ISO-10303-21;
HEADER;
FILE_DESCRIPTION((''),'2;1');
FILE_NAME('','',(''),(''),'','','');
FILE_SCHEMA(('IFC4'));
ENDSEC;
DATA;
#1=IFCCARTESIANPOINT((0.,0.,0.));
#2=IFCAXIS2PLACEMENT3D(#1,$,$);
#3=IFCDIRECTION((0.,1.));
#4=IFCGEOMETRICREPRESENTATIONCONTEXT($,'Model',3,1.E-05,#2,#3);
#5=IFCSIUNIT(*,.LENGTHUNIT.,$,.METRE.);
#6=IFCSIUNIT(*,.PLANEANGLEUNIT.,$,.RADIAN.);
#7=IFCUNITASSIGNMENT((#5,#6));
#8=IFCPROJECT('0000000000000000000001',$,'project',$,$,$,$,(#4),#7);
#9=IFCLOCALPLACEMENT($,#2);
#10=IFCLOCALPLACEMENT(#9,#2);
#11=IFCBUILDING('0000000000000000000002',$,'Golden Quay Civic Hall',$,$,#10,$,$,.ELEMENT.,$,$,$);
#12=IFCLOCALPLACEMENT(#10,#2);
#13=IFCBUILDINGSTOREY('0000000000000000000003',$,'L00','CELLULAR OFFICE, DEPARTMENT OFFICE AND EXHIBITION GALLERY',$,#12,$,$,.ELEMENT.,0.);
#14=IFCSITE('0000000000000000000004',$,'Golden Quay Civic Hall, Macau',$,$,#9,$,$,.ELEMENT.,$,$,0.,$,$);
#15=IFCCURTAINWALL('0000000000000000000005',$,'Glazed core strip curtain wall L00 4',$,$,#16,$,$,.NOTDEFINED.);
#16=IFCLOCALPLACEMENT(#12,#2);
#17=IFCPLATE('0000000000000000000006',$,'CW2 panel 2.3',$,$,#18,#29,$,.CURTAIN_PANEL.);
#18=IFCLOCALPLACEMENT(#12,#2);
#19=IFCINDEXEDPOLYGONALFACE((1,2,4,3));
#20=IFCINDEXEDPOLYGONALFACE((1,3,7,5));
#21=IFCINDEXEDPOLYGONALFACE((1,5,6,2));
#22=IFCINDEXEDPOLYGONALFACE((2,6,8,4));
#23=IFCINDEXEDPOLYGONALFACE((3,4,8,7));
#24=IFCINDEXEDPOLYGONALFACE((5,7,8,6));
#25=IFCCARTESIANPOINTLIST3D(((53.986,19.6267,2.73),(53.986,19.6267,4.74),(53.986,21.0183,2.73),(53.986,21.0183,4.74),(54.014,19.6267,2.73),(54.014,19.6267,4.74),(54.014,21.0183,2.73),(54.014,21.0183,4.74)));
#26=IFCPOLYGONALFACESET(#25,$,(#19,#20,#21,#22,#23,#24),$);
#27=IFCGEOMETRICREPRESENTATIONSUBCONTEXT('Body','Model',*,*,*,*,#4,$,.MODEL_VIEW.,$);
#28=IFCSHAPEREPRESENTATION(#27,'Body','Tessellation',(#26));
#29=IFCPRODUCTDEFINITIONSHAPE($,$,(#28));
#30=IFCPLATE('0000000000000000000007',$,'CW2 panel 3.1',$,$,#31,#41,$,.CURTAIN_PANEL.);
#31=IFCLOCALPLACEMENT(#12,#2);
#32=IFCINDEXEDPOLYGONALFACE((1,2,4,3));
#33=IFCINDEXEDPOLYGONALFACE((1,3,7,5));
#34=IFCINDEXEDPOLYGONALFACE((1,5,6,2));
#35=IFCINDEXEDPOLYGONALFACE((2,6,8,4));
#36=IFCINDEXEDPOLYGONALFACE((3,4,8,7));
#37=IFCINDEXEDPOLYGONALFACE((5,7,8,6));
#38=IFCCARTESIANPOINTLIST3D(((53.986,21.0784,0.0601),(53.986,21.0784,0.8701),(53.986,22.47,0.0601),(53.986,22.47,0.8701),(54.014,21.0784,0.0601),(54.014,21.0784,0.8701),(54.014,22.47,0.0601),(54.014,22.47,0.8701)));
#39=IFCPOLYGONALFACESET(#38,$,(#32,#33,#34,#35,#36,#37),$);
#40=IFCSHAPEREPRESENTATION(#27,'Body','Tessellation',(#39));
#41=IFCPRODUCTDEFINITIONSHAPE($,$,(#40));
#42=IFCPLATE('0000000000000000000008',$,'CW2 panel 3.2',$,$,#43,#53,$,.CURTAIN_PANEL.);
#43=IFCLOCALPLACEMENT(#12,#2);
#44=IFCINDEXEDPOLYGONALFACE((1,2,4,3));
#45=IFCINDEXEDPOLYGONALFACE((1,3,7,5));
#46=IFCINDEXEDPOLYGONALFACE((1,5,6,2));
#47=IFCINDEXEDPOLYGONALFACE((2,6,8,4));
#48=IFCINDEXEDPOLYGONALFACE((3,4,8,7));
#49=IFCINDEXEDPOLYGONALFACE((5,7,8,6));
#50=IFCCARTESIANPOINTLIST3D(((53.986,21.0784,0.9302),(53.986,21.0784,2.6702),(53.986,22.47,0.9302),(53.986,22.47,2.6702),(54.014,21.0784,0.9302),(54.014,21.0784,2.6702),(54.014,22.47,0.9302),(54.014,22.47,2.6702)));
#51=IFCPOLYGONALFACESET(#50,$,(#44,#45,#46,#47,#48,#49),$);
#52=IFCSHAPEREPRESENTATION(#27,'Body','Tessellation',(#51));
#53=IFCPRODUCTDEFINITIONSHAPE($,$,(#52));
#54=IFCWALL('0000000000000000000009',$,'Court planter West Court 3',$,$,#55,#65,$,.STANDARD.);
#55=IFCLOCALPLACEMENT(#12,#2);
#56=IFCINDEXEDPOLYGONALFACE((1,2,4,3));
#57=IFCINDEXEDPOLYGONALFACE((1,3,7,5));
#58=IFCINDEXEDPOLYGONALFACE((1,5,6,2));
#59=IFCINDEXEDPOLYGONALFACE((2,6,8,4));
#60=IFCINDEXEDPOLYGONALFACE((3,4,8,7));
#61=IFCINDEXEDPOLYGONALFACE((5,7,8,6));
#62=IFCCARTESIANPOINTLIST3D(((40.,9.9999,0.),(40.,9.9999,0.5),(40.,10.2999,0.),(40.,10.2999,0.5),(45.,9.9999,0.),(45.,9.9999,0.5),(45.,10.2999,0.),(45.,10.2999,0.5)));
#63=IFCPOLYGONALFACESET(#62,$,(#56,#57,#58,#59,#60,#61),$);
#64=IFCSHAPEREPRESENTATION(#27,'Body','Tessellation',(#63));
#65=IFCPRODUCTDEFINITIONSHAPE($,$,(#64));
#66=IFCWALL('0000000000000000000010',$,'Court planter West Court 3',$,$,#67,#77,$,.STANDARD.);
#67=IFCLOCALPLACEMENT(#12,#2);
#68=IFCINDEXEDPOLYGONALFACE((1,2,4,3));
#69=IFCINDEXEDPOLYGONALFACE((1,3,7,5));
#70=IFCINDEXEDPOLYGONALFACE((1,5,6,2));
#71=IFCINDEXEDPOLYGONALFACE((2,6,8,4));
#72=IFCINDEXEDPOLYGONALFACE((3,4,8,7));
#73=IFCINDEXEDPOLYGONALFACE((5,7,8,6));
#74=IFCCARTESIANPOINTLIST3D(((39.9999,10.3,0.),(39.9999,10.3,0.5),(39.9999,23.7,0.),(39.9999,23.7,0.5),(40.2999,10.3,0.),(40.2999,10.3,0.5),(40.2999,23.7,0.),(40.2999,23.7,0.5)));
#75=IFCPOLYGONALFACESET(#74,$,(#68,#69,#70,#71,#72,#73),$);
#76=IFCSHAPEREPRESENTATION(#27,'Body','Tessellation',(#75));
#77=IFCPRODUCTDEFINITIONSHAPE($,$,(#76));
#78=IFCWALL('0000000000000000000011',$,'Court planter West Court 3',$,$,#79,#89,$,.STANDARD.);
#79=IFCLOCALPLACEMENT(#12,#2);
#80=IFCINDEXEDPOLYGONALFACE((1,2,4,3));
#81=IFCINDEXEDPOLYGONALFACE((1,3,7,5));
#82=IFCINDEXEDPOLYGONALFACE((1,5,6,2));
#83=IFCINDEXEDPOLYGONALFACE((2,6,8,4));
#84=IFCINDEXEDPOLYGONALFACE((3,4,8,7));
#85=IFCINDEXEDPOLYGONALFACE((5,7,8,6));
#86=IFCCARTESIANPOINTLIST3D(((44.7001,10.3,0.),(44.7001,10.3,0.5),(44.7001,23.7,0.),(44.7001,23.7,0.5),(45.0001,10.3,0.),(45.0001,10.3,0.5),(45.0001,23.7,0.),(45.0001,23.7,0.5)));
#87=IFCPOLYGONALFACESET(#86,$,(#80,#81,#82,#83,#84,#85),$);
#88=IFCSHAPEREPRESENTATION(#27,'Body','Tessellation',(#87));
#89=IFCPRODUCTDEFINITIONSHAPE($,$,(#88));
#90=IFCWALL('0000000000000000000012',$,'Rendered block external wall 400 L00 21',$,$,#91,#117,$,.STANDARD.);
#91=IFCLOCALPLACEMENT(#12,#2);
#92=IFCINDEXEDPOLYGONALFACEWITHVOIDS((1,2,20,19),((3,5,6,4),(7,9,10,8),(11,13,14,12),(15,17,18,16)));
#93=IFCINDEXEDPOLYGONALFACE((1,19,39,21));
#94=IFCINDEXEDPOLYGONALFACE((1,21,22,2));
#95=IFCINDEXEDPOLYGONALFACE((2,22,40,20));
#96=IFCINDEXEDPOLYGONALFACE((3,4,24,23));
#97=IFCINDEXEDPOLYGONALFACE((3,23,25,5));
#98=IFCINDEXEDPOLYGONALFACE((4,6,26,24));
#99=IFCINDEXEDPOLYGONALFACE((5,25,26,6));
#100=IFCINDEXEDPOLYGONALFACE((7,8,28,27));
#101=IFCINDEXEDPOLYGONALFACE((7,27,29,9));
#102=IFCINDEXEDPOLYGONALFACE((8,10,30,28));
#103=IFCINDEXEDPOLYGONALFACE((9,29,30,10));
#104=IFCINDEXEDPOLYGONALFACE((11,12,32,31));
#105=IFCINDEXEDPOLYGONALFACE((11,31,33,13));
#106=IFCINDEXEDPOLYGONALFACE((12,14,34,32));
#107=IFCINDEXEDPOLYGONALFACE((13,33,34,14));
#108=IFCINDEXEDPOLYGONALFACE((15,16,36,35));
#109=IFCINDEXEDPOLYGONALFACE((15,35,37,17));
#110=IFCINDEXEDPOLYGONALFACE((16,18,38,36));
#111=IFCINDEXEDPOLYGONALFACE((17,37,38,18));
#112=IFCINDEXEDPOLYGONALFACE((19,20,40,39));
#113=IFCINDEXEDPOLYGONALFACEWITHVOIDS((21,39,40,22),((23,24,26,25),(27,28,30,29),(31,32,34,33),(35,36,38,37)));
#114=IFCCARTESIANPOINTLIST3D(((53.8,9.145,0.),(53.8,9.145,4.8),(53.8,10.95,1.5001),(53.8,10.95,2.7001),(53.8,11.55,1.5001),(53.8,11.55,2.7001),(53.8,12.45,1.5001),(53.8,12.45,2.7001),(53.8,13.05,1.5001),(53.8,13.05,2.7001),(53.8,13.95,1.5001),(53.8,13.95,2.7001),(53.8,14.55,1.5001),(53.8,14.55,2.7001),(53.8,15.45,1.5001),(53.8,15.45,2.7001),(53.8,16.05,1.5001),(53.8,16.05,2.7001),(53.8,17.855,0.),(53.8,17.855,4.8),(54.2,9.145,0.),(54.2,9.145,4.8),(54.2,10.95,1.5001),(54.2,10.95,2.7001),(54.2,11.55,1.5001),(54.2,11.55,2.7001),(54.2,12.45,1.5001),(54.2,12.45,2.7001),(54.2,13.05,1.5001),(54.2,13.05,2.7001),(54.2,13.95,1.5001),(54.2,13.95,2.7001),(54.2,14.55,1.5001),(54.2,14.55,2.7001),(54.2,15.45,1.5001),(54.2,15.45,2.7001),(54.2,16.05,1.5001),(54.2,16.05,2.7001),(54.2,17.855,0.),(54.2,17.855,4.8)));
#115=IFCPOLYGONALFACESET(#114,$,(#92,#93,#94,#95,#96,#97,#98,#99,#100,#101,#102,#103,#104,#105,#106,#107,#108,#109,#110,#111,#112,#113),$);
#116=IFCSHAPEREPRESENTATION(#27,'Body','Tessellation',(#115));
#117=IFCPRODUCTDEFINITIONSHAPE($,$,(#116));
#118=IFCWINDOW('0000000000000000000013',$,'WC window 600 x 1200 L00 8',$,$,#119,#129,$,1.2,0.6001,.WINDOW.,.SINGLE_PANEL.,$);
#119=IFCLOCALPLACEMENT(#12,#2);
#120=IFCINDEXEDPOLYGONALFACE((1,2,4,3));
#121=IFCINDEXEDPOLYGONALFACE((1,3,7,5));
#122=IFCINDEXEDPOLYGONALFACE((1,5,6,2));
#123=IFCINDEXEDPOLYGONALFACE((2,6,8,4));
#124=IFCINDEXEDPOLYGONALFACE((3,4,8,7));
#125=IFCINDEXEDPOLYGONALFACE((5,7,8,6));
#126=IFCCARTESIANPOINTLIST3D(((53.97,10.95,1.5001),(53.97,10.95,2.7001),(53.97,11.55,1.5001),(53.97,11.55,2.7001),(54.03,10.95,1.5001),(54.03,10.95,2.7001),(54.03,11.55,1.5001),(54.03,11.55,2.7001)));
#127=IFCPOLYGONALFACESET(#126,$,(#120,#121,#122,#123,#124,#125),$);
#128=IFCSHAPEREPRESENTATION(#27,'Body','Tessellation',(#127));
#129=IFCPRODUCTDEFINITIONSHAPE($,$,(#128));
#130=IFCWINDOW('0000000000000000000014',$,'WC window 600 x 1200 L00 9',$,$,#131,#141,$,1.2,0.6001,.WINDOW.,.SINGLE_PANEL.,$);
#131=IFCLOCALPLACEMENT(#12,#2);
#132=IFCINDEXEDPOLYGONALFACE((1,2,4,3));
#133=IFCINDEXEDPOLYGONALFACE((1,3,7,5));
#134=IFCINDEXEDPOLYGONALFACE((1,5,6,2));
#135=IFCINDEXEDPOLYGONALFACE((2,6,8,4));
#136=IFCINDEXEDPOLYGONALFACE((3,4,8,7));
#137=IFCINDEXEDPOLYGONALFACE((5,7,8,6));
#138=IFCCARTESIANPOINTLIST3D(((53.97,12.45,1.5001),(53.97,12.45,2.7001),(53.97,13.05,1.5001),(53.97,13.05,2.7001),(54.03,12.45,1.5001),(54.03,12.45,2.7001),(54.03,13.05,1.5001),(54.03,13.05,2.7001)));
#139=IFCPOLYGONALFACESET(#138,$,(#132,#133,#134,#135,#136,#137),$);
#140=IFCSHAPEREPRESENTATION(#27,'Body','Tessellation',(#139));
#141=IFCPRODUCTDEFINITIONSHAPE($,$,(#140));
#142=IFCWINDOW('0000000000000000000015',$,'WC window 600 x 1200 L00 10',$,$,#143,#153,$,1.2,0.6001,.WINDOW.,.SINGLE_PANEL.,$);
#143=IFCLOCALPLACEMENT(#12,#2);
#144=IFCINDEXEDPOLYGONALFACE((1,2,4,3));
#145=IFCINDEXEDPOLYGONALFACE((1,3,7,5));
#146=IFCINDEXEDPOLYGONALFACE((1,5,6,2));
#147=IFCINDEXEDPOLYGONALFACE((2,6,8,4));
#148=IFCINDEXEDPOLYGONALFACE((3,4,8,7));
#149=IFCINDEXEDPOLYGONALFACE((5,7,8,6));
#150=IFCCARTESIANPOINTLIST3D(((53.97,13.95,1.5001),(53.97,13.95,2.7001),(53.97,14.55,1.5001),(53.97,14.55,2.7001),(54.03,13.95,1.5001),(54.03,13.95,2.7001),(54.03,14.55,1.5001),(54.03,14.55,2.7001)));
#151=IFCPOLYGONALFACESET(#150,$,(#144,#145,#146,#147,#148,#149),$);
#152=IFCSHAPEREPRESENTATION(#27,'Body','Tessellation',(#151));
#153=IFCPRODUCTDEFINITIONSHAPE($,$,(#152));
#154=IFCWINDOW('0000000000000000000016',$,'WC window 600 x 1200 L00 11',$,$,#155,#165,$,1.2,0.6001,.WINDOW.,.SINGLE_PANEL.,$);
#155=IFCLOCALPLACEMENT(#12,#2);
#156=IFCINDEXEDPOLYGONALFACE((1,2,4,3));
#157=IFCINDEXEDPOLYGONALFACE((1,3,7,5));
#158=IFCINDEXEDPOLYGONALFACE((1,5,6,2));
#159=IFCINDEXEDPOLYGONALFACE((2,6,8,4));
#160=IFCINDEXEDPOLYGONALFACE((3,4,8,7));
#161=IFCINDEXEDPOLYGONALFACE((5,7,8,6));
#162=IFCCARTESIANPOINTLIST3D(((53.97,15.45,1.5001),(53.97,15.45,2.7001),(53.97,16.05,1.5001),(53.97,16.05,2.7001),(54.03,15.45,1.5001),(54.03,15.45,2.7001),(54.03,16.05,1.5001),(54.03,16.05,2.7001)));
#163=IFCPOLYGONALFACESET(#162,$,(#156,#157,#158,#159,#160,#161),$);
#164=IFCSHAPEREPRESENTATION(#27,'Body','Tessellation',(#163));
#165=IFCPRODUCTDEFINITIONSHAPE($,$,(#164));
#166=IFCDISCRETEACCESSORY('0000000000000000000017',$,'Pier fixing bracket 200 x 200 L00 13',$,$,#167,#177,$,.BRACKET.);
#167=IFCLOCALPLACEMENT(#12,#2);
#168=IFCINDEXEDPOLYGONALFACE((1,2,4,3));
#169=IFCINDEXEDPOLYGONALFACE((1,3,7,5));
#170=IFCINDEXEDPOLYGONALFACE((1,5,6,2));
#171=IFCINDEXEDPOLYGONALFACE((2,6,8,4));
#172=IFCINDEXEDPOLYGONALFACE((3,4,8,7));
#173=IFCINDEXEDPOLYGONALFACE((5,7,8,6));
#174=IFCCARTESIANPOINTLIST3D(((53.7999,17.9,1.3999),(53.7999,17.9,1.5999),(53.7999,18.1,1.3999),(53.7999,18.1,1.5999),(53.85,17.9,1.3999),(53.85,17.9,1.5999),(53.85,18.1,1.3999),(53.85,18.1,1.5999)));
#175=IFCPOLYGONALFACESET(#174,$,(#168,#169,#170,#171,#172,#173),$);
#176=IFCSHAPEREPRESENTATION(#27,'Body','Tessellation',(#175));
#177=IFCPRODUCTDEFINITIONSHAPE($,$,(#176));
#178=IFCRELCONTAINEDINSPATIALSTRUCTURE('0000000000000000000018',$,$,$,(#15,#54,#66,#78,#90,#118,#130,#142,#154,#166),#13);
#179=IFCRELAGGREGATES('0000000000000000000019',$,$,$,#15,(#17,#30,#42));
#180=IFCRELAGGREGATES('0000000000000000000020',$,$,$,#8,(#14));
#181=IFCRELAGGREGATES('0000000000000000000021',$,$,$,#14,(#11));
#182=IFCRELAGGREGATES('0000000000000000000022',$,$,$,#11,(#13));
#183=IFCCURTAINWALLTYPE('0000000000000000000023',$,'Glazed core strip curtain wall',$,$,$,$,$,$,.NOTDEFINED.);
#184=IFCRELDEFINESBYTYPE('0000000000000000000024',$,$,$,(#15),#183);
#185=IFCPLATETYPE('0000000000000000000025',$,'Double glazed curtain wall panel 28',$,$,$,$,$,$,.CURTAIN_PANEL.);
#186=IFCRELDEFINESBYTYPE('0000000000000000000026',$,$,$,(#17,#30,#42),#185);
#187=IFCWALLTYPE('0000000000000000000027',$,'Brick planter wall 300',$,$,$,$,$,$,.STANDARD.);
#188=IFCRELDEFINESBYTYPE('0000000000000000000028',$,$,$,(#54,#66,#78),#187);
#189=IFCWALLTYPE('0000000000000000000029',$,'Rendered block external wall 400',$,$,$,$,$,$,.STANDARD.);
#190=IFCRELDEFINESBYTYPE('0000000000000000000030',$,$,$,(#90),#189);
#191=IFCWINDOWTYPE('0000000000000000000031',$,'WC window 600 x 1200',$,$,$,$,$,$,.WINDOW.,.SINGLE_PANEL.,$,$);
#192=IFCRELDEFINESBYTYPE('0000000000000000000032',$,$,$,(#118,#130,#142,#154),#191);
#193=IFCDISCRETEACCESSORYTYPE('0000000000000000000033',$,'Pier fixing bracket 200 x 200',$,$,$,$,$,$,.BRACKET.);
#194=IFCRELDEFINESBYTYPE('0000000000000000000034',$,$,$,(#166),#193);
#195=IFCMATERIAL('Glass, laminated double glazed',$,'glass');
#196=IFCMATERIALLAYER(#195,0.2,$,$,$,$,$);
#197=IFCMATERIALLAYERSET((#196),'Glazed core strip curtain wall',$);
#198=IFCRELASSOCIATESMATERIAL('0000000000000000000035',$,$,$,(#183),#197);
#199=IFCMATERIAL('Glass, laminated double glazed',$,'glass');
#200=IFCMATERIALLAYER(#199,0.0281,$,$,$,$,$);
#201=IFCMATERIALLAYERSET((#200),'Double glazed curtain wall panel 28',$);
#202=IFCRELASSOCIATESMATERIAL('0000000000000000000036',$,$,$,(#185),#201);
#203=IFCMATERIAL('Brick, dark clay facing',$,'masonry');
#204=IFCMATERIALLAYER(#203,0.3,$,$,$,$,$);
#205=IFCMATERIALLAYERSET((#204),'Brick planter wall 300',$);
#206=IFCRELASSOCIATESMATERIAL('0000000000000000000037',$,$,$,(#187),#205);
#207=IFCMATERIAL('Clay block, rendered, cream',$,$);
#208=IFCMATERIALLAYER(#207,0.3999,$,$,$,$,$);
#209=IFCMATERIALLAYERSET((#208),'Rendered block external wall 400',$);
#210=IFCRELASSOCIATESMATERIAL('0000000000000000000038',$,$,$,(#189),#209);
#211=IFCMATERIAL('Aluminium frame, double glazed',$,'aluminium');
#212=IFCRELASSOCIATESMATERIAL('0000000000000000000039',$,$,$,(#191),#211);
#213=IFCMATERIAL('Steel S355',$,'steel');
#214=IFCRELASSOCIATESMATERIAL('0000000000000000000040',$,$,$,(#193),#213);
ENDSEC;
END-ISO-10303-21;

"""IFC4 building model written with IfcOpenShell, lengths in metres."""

from ifc_helpers import new_model, si_unit, direction, frame, frame_2d, origin, origin_2d, place, context, subcontext, project, spatial, rectangle, extrude, material, layer, layer_set, type_object, element, fill, aggregate, save


model = new_model("IFC4")

# Units and contexts
model_context = context("Model", 3, precision=1e-05, world=origin(), true_north=direction((0.0, 1.0)))
body_context = subcontext(model_context, "Body", "Model", "MODEL_VIEW")
ifc_project = project(units=[si_unit("LENGTHUNIT", "METRE"), si_unit("PLANEANGLEUNIT", "RADIAN")], contexts=[model_context])

# Site, building, storey
site_placement = place(None, origin())
site = spatial("IfcSite", under=ifc_project, at=site_placement, Name="Golden Quay Civic Hall, Macau", CompositionType="ELEMENT", RefElevation=0.0)
building_placement = place(site_placement, origin())
building = spatial("IfcBuilding", under=site, at=building_placement, Name="Golden Quay Civic Hall", CompositionType="ELEMENT")
storey_placement = place(building_placement, origin())
storey = spatial("IfcBuildingStorey", under=building, at=storey_placement, Name="L00", Description="CELLULAR OFFICE, DEPARTMENT OFFICE AND EXHIBITION GALLERY", CompositionType="ELEMENT", Elevation=0.0)

# Curtain wall
ifc_material_1 = material(Name="Glass, laminated double glazed", Category="glass")
ifc_layer_1 = layer(ifc_material_1, 0.2)
ifc_layer_set_1 = layer_set([ifc_layer_1], Name="Glazed core strip curtain wall")
curtain_wall_type = type_object("IfcCurtainWallType", Name="Glazed core strip curtain wall", PredefinedType="NOTDEFINED", material=ifc_layer_set_1)
curtain_wall_placement = place(storey_placement, origin())
curtain_wall = element("IfcCurtainWall", 1, at=curtain_wall_placement, inside=storey, type_object=curtain_wall_type, Name="Glazed core strip curtain wall L00 4", PredefinedType="NOTDEFINED")

# Plates
ifc_material_2 = material(Name="Glass, laminated double glazed", Category="glass")
ifc_layer_2 = layer(ifc_material_2, 0.0281)
ifc_layer_set_2 = layer_set([ifc_layer_2], Name="Double glazed curtain wall panel 28")
plate_type = type_object("IfcPlateType", Name="Double glazed curtain wall panel 28", PredefinedType="CURTAIN_PANEL", material=ifc_layer_set_2)
plate_1_placement = place(storey_placement, frame((54.0, 20.3225, 2.73), z_axis=(0.0, 0.0, 1.0), x_axis=(0.0, 1.0, 0.0)))
plate_1 = element("IfcPlate", 2, at=plate_1_placement, type_object=plate_type, Name="CW2 panel 2.3", PredefinedType="CURTAIN_PANEL", context=body_context, shape_type="SweptSolid", body=[
    extrude(rectangle(XDim=1.3916, YDim=0.0281, at=origin_2d()), origin(), (0.0, 0.0, 1.0), 2.01),
])
plate_2_placement = place(storey_placement, frame((54.0, 21.7742, 0.0601), z_axis=(0.0, 0.0, 1.0), x_axis=(0.0, 1.0, 0.0)))
plate_2 = element("IfcPlate", 3, at=plate_2_placement, type_object=plate_type, Name="CW2 panel 3.1", PredefinedType="CURTAIN_PANEL", context=body_context, shape_type="SweptSolid", body=[
    extrude(rectangle(XDim=1.3916, YDim=0.0281, at=origin_2d()), origin(), (0.0, 0.0, 1.0), 0.8101),
])
plate_3_placement = place(storey_placement, frame((54.0, 21.7742, 0.9302), z_axis=(0.0, 0.0, 1.0), x_axis=(0.0, 1.0, 0.0)))
plate_3 = element("IfcPlate", 4, at=plate_3_placement, type_object=plate_type, Name="CW2 panel 3.2", PredefinedType="CURTAIN_PANEL", context=body_context, shape_type="SweptSolid", body=[
    extrude(rectangle(XDim=1.3916, YDim=0.0281, at=origin_2d()), origin(), (0.0, 0.0, 1.0), 1.74),
])
aggregate(curtain_wall, [plate_1, plate_2, plate_3])

# Walls
ifc_material_3 = material(Name="Brick, dark clay facing", Category="masonry")
ifc_layer_3 = layer(ifc_material_3, 0.3)
ifc_layer_set_3 = layer_set([ifc_layer_3], Name="Brick planter wall 300")
wall_type_1 = type_object("IfcWallType", Name="Brick planter wall 300", PredefinedType="STANDARD", material=ifc_layer_set_3)
wall_1_placement = place(storey_placement, frame((40.0, 10.1499, 0.0), z_axis=(0.0, 0.0, 1.0), x_axis=(1.0, 0.0, 0.0)))
element("IfcWall", 5, at=wall_1_placement, inside=storey, type_object=wall_type_1, Name="Court planter West Court 3", PredefinedType="STANDARD", context=body_context, shape_type="SweptSolid", body=[
    extrude(rectangle(XDim=5.0, YDim=0.3, at=frame_2d((2.5, 0.0))), origin(), (0.0, 0.0, 1.0), 0.5),
])
for number, where, z_axis, x_axis, name in (
    (6, (40.1499, 10.3, 0.0), (0.0, 0.0, 1.0), (0.0, 1.0, 0.0), "Court planter West Court 3"),
    (7, (44.8501, 10.3, 0.0), (0.0, 0.0, 1.0), (0.0, 1.0, 0.0), "Court planter West Court 3"),
):
    element("IfcWall", number, at=place(storey_placement, frame(where, z_axis=z_axis, x_axis=x_axis)), inside=storey, type_object=wall_type_1, Name=name, PredefinedType="STANDARD", context=body_context, shape_type="SweptSolid", body=[
        extrude(rectangle(XDim=13.3999, YDim=0.3, at=frame_2d((6.7, 0.0))), origin(), (0.0, 0.0, 1.0), 0.5),
    ])

# Wall, openings, windows
ifc_material_4 = material(Name="Clay block, rendered, cream")
ifc_layer_4 = layer(ifc_material_4, 0.3999)
ifc_layer_set_4 = layer_set([ifc_layer_4], Name="Rendered block external wall 400")
wall_type_2 = type_object("IfcWallType", Name="Rendered block external wall 400", PredefinedType="STANDARD", material=ifc_layer_set_4)
wall_2_placement = place(storey_placement, frame((54.0, 9.145, 0.0), z_axis=(0.0, 0.0, 1.0), x_axis=(0.0, 1.0, 0.0)))
wall_2 = element("IfcWall", 8, at=wall_2_placement, inside=storey, type_object=wall_type_2, Name="Rendered block external wall 400 L00 21", PredefinedType="STANDARD", context=body_context, shape_type="SweptSolid", body=[
    extrude(rectangle(XDim=8.71, YDim=0.3999, at=frame_2d((4.355, 0.0))), origin(), (0.0, 0.0, 1.0), 4.8),
])
opening_1_placement = place(wall_2_placement, frame((1.8049, 0.0, 1.5)))
opening_1 = element("IfcOpeningElement", 9, at=opening_1_placement, cuts=wall_2, PredefinedType="OPENING", context=body_context, shape_type="SweptSolid", body=[
    extrude(rectangle(XDim=0.6001, YDim=1.2, at=frame_2d((0.3, 0.6001))), frame((0.0, 0.21, 0.0), z_axis=(0.0, -1.0, 0.0), x_axis=(1.0, 0.0, 0.0)), (0.0, 0.0, 1.0), 0.4199),
])
opening_2_placement = place(wall_2_placement, frame((3.3049, 0.0, 1.5)))
opening_2 = element("IfcOpeningElement", 10, at=opening_2_placement, cuts=wall_2, PredefinedType="OPENING", context=body_context, shape_type="SweptSolid", body=[
    extrude(rectangle(XDim=0.6001, YDim=1.2, at=frame_2d((0.3, 0.6001))), frame((0.0, 0.21, 0.0), z_axis=(0.0, -1.0, 0.0), x_axis=(1.0, 0.0, 0.0)), (0.0, 0.0, 1.0), 0.4199),
])
opening_3_placement = place(wall_2_placement, frame((4.8049, 0.0, 1.5)))
opening_3 = element("IfcOpeningElement", 11, at=opening_3_placement, cuts=wall_2, PredefinedType="OPENING", context=body_context, shape_type="SweptSolid", body=[
    extrude(rectangle(XDim=0.6001, YDim=1.2, at=frame_2d((0.3, 0.6001))), frame((0.0, 0.21, 0.0), z_axis=(0.0, -1.0, 0.0), x_axis=(1.0, 0.0, 0.0)), (0.0, 0.0, 1.0), 0.4199),
])
opening_4_placement = place(wall_2_placement, frame((6.3049, 0.0, 1.5)))
opening_4 = element("IfcOpeningElement", 12, at=opening_4_placement, cuts=wall_2, PredefinedType="OPENING", context=body_context, shape_type="SweptSolid", body=[
    extrude(rectangle(XDim=0.6001, YDim=1.2, at=frame_2d((0.3, 0.6001))), frame((0.0, 0.21, 0.0), z_axis=(0.0, -1.0, 0.0), x_axis=(1.0, 0.0, 0.0)), (0.0, 0.0, 1.0), 0.4199),
])
ifc_material_5 = material(Name="Aluminium frame, double glazed", Category="aluminium")
window_type = type_object("IfcWindowType", Name="WC window 600 x 1200", PartitioningType="SINGLE_PANEL", PredefinedType="WINDOW", material=ifc_material_5)
window_1_placement = place(opening_1_placement, origin())
window_1 = element("IfcWindow", 13, at=window_1_placement, inside=storey, type_object=window_type, Name="WC window 600 x 1200 L00 8", OverallHeight=1.2, OverallWidth=0.6001, PartitioningType="SINGLE_PANEL", PredefinedType="WINDOW", context=body_context, shape_type="SweptSolid", body=[
    extrude(rectangle(XDim=0.6001, YDim=1.2, at=frame_2d((0.3, 0.6001))), frame((0.0, 0.03, 0.0), z_axis=(0.0, -1.0, 0.0), x_axis=(1.0, 0.0, 0.0)), (0.0, 0.0, 1.0), 0.0601),
])
fill(opening_1, window_1)
window_2_placement = place(opening_2_placement, origin())
window_2 = element("IfcWindow", 14, at=window_2_placement, inside=storey, type_object=window_type, Name="WC window 600 x 1200 L00 9", OverallHeight=1.2, OverallWidth=0.6001, PartitioningType="SINGLE_PANEL", PredefinedType="WINDOW", context=body_context, shape_type="SweptSolid", body=[
    extrude(rectangle(XDim=0.6001, YDim=1.2, at=frame_2d((0.3, 0.6001))), frame((0.0, 0.03, 0.0), z_axis=(0.0, -1.0, 0.0), x_axis=(1.0, 0.0, 0.0)), (0.0, 0.0, 1.0), 0.0601),
])
fill(opening_2, window_2)
window_3_placement = place(opening_3_placement, origin())
window_3 = element("IfcWindow", 15, at=window_3_placement, inside=storey, type_object=window_type, Name="WC window 600 x 1200 L00 10", OverallHeight=1.2, OverallWidth=0.6001, PartitioningType="SINGLE_PANEL", PredefinedType="WINDOW", context=body_context, shape_type="SweptSolid", body=[
    extrude(rectangle(XDim=0.6001, YDim=1.2, at=frame_2d((0.3, 0.6001))), frame((0.0, 0.03, 0.0), z_axis=(0.0, -1.0, 0.0), x_axis=(1.0, 0.0, 0.0)), (0.0, 0.0, 1.0), 0.0601),
])
fill(opening_3, window_3)
window_4_placement = place(opening_4_placement, origin())
window_4 = element("IfcWindow", 16, at=window_4_placement, inside=storey, type_object=window_type, Name="WC window 600 x 1200 L00 11", OverallHeight=1.2, OverallWidth=0.6001, PartitioningType="SINGLE_PANEL", PredefinedType="WINDOW", context=body_context, shape_type="SweptSolid", body=[
    extrude(rectangle(XDim=0.6001, YDim=1.2, at=frame_2d((0.3, 0.6001))), frame((0.0, 0.03, 0.0), z_axis=(0.0, -1.0, 0.0), x_axis=(1.0, 0.0, 0.0)), (0.0, 0.0, 1.0), 0.0601),
])
fill(opening_4, window_4)

# Discrete accessory
ifc_material_6 = material(Name="Steel S355", Category="steel")
discrete_accessory_type = type_object("IfcDiscreteAccessoryType", Name="Pier fixing bracket 200 x 200", PredefinedType="BRACKET", material=ifc_material_6)
discrete_accessory_placement = place(storey_placement, frame((53.825, 18.0, 1.3999), z_axis=(0.0, 0.0, 1.0), x_axis=(0.0, -1.0, 0.0)))
element("IfcDiscreteAccessory", 17, at=discrete_accessory_placement, inside=storey, type_object=discrete_accessory_type, Name="Pier fixing bracket 200 x 200 L00 13", PredefinedType="BRACKET", context=body_context, shape_type="SweptSolid", body=[
    extrude(rectangle(XDim=0.2, YDim=0.05, at=origin_2d()), origin(), (0.0, 0.0, 1.0), 0.2),
])

save(model, "model.ifc")
